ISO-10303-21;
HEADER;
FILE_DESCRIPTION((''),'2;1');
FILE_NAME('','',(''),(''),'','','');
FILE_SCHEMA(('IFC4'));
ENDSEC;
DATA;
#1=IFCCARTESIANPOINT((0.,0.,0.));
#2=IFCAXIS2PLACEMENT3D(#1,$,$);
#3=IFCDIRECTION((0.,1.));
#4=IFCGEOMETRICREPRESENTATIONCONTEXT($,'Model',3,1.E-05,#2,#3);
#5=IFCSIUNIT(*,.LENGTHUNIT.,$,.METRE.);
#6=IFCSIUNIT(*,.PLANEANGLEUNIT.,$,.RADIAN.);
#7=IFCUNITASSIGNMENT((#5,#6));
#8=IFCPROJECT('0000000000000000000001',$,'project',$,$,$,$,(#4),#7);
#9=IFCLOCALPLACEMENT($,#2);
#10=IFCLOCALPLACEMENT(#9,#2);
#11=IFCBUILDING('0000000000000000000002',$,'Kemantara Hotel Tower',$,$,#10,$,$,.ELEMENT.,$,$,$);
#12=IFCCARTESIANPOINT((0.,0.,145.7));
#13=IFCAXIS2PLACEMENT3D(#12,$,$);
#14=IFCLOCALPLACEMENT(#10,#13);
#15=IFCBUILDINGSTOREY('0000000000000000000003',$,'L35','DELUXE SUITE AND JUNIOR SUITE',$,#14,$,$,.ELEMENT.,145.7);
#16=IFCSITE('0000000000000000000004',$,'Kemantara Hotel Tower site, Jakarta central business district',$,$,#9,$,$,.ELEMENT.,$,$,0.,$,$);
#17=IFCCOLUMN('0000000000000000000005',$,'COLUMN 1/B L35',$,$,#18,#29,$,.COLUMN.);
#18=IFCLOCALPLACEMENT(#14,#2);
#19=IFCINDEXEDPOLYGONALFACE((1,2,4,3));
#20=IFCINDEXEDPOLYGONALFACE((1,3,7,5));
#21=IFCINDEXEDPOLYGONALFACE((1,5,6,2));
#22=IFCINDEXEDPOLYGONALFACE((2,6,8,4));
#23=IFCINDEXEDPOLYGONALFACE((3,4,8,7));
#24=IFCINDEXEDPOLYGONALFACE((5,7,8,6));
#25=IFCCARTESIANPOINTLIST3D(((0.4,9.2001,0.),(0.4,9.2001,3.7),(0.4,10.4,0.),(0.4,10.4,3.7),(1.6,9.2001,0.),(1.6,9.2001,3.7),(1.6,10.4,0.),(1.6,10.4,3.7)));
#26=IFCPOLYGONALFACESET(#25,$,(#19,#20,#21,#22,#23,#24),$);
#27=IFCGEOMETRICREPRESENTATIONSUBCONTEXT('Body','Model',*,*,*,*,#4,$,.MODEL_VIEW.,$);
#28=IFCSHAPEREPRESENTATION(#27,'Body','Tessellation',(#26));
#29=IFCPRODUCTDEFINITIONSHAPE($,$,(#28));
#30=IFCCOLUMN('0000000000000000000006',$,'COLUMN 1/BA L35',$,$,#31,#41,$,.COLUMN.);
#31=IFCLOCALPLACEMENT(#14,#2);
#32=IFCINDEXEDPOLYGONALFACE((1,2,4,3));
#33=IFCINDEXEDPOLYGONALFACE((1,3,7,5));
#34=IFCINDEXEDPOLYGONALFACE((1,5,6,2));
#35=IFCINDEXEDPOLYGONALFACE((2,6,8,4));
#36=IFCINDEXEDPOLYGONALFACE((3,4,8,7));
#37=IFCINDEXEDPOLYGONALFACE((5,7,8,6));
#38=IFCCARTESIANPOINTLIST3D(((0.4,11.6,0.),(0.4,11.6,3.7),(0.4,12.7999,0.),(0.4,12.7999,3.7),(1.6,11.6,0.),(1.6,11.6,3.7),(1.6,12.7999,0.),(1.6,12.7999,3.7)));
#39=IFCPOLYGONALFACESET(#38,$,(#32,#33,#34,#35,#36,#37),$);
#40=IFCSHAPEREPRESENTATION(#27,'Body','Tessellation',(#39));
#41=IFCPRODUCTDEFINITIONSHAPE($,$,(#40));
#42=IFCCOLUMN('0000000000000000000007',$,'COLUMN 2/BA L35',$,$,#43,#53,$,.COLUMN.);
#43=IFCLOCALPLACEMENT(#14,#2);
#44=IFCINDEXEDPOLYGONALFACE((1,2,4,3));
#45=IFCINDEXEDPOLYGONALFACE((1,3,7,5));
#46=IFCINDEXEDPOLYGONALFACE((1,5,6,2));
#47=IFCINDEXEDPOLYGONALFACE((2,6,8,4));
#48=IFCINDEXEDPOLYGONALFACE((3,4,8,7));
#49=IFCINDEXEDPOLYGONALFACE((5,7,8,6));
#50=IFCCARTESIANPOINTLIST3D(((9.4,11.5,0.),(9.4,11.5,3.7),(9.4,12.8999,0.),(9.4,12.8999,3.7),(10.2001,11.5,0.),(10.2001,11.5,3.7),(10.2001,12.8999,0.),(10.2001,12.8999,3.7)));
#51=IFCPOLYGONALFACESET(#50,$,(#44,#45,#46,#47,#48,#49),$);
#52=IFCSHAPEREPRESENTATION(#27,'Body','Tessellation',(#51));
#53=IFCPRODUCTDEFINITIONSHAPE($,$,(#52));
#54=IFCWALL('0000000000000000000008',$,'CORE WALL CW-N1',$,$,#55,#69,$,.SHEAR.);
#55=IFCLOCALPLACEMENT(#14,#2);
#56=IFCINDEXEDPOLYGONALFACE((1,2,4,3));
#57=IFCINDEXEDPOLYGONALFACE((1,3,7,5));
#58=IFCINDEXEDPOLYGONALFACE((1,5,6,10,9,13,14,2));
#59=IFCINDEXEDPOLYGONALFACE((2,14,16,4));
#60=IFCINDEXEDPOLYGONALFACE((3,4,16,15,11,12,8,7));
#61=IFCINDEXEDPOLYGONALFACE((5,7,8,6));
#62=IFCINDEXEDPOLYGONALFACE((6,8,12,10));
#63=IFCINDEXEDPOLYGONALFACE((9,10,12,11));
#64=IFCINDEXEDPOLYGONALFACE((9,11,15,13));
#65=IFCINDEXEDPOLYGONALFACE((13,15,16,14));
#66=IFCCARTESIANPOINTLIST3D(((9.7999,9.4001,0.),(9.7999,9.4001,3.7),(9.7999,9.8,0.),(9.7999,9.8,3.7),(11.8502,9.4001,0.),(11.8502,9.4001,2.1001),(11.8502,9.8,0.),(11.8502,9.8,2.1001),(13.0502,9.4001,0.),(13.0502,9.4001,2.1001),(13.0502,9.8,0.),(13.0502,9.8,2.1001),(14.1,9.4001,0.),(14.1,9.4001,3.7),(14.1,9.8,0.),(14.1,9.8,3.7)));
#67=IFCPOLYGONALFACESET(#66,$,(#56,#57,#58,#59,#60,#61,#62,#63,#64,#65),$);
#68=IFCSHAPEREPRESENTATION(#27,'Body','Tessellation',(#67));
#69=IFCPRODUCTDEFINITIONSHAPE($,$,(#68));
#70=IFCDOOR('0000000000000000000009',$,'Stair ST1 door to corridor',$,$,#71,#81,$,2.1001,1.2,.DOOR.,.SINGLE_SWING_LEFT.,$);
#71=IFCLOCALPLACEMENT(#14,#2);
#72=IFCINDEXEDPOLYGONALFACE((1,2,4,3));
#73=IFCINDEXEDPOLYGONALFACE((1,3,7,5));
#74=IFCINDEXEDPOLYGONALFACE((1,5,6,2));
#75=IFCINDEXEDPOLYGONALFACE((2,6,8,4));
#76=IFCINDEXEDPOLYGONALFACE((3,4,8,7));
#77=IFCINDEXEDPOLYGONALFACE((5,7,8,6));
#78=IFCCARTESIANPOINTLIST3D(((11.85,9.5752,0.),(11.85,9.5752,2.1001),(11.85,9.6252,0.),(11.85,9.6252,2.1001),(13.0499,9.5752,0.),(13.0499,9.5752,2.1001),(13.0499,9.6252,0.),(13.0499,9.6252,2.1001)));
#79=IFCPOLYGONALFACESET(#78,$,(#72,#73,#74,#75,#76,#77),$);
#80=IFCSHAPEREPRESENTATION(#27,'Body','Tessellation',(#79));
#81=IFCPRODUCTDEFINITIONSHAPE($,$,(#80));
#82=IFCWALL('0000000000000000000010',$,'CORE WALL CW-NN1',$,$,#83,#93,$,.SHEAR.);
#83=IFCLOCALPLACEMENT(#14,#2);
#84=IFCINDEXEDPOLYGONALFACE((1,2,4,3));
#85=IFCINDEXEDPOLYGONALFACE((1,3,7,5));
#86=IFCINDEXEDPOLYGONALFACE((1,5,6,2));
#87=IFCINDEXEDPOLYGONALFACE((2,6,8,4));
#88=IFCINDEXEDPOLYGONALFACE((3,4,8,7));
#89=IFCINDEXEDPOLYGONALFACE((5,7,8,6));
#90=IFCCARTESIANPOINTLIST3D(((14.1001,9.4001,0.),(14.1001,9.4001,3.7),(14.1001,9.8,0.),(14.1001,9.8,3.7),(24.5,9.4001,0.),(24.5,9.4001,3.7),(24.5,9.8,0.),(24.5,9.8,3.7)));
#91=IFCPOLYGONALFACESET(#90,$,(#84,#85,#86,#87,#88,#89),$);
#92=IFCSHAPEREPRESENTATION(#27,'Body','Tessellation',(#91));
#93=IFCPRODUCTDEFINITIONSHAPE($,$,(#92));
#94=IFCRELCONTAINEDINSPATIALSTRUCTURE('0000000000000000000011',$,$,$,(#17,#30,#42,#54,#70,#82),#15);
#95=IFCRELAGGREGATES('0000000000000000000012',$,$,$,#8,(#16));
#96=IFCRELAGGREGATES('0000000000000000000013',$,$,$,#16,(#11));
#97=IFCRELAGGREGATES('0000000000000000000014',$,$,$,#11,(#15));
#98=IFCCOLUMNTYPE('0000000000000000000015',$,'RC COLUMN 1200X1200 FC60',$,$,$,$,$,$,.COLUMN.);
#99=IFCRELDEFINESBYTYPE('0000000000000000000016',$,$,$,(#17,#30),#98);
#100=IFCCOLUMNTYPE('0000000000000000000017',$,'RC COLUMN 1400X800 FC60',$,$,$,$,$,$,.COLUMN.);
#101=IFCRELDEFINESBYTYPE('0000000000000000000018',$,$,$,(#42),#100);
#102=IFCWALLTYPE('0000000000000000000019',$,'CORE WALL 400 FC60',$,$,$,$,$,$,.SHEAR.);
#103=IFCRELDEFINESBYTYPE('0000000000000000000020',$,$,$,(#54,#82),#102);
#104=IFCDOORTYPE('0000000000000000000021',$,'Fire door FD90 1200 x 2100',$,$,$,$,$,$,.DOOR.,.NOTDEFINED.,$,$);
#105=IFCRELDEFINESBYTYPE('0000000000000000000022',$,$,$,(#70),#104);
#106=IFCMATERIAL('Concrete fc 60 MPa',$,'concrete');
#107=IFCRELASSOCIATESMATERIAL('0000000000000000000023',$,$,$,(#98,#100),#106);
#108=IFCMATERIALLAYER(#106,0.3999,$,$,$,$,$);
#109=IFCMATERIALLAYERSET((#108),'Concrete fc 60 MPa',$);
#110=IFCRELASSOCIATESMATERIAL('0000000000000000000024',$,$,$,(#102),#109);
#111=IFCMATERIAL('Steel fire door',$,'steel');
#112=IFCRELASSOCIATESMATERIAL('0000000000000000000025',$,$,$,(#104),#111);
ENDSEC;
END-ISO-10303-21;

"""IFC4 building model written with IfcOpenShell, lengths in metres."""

from ifc_helpers import new_model, si_unit, direction, frame, frame_2d, origin, origin_2d, place, context, subcontext, project, spatial, rectangle, extrude, material, layer, layer_set, material_profile, profile_set, type_object, element, fill, save


model = new_model("IFC4")

# Units and contexts
model_context = context("Model", 3, precision=1e-05, world=origin(), true_north=direction((0.0, 1.0)))
body_context = subcontext(model_context, "Body", "Model", "MODEL_VIEW")
ifc_project = project(units=[si_unit("LENGTHUNIT", "METRE"), si_unit("PLANEANGLEUNIT", "RADIAN")], contexts=[model_context])

# Site, building, storey
site_placement = place(None, origin())
site = spatial("IfcSite", under=ifc_project, at=site_placement, Name="Kemantara Hotel Tower site, Jakarta central business district", CompositionType="ELEMENT", RefElevation=0.0)
building_placement = place(site_placement, origin())
building = spatial("IfcBuilding", under=site, at=building_placement, Name="Kemantara Hotel Tower", CompositionType="ELEMENT")
storey_placement = place(building_placement, frame((0.0, 0.0, 145.7)))
storey = spatial("IfcBuildingStorey", under=building, at=storey_placement, Name="L35", Description="DELUXE SUITE AND JUNIOR SUITE", CompositionType="ELEMENT", Elevation=145.7)

# Columns
ifc_material_1 = material(Name="Concrete fc 60 MPa", Category="concrete")
ifc_material_profile_1 = material_profile(ifc_material_1, rectangle(XDim=1.2, YDim=1.2, at=origin_2d()), Name="RC 1200X1200")
ifc_profile_set_1 = profile_set([ifc_material_profile_1], Name="Concrete fc 60 MPa")
column_type_1 = type_object("IfcColumnType", Name="RC COLUMN 1200X1200 FC60", PredefinedType="COLUMN", material=ifc_profile_set_1)
for number, where, z_axis, x_axis, name in (
    (1, (1.0, 9.8, 0.0), (0.0, 0.0, 1.0), (1.0, 0.0, 0.0), "COLUMN 1/B L35"),
    (2, (1.0, 12.2, 0.0), (0.0, 0.0, 1.0), (1.0, 0.0, 0.0), "COLUMN 1/BA L35"),
):
    element("IfcColumn", number, at=place(storey_placement, frame(where, z_axis=z_axis, x_axis=x_axis)), inside=storey, type_object=column_type_1, Name=name, PredefinedType="COLUMN", context=body_context, shape_type="SweptSolid", body=[
        extrude(rectangle(XDim=1.2, YDim=1.2, at=origin_2d()), origin(), (0.0, 0.0, 1.0), 3.7),
    ])
ifc_material_profile_2 = material_profile(ifc_material_1, rectangle(XDim=1.3999, YDim=0.8, at=origin_2d()), Name="RC 1400X800")
ifc_profile_set_2 = profile_set([ifc_material_profile_2], Name="Concrete fc 60 MPa")
column_type_2 = type_object("IfcColumnType", Name="RC COLUMN 1400X800 FC60", PredefinedType="COLUMN", material=ifc_profile_set_2)
column_placement = place(storey_placement, frame((9.8, 12.2, 0.0), z_axis=(0.0, 0.0, 1.0), x_axis=(0.0, 1.0, 0.0)))
element("IfcColumn", 3, at=column_placement, inside=storey, type_object=column_type_2, Name="COLUMN 2/BA L35", PredefinedType="COLUMN", context=body_context, shape_type="SweptSolid", body=[
    extrude(rectangle(XDim=1.3999, YDim=0.8, at=origin_2d()), origin(), (0.0, 0.0, 1.0), 3.7),
])

# Wall, opening, door
ifc_layer_1 = layer(ifc_material_1, 0.3999)
ifc_layer_set_1 = layer_set([ifc_layer_1], Name="Concrete fc 60 MPa")
wall_type_1 = type_object("IfcWallType", Name="CORE WALL 400 FC60", PredefinedType="SHEAR", material=ifc_layer_set_1)
wall_1_placement = place(storey_placement, frame((9.8, 9.6001, 0.0), z_axis=(0.0, 0.0, 1.0), x_axis=(1.0, 0.0, 0.0)))
wall_1 = element("IfcWall", 4, at=wall_1_placement, inside=storey, type_object=wall_type_1, Name="CORE WALL CW-N1", PredefinedType="SHEAR", context=body_context, shape_type="SweptSolid", body=[
    extrude(rectangle(XDim=4.3, YDim=0.3999, at=frame_2d((2.1499, 0.0))), origin(), (0.0, 0.0, 1.0), 3.7),
])
opening_1_placement = place(wall_1_placement, frame((2.05, 0.0, 0.0)))
opening_1 = element("IfcOpeningElement", 5, at=opening_1_placement, cuts=wall_1, PredefinedType="OPENING", context=body_context, shape_type="SweptSolid", body=[
    extrude(rectangle(XDim=1.2, YDim=2.1001, at=frame_2d((0.6001, 1.05))), frame((0.0, 0.21, 0.0), z_axis=(0.0, -1.0, 0.0), x_axis=(1.0, 0.0, 0.0)), (0.0, 0.0, 1.0), 0.4199),
])
ifc_material_2 = material(Name="Steel fire door", Category="steel")
door_type_1 = type_object("IfcDoorType", Name="Fire door FD90 1200 x 2100", OperationType="NOTDEFINED", PredefinedType="DOOR", material=ifc_material_2)
door_1_placement = place(opening_1_placement, frame((1.2, 0.0, 0.0), z_axis=(0.0, 0.0, 1.0), x_axis=(-1.0, 0.0, 0.0)))
door_1 = element("IfcDoor", 6, at=door_1_placement, inside=storey, type_object=door_type_1, Name="Stair ST1 door to corridor", OperationType="SINGLE_SWING_LEFT", OverallHeight=2.1001, OverallWidth=1.2, PredefinedType="DOOR", context=body_context, shape_type="SweptSolid", body=[
    extrude(rectangle(XDim=1.2, YDim=2.1001, at=frame_2d((0.6001, 1.05))), frame((0.0, 0.0249, 0.0), z_axis=(0.0, -1.0, 0.0), x_axis=(1.0, 0.0, 0.0)), (0.0, 0.0, 1.0), 0.05),
])
fill(opening_1, door_1)

# Wall
wall_2_placement = place(storey_placement, frame((14.1001, 9.6001, 0.0), z_axis=(0.0, 0.0, 1.0), x_axis=(1.0, 0.0, 0.0)))
element("IfcWall", 7, at=wall_2_placement, inside=storey, type_object=wall_type_1, Name="CORE WALL CW-NN1", PredefinedType="SHEAR", context=body_context, shape_type="SweptSolid", body=[
    extrude(rectangle(XDim=10.3999, YDim=0.3999, at=frame_2d((5.2, 0.0))), origin(), (0.0, 0.0, 1.0), 3.7),
])

save(model, "model.ifc")
